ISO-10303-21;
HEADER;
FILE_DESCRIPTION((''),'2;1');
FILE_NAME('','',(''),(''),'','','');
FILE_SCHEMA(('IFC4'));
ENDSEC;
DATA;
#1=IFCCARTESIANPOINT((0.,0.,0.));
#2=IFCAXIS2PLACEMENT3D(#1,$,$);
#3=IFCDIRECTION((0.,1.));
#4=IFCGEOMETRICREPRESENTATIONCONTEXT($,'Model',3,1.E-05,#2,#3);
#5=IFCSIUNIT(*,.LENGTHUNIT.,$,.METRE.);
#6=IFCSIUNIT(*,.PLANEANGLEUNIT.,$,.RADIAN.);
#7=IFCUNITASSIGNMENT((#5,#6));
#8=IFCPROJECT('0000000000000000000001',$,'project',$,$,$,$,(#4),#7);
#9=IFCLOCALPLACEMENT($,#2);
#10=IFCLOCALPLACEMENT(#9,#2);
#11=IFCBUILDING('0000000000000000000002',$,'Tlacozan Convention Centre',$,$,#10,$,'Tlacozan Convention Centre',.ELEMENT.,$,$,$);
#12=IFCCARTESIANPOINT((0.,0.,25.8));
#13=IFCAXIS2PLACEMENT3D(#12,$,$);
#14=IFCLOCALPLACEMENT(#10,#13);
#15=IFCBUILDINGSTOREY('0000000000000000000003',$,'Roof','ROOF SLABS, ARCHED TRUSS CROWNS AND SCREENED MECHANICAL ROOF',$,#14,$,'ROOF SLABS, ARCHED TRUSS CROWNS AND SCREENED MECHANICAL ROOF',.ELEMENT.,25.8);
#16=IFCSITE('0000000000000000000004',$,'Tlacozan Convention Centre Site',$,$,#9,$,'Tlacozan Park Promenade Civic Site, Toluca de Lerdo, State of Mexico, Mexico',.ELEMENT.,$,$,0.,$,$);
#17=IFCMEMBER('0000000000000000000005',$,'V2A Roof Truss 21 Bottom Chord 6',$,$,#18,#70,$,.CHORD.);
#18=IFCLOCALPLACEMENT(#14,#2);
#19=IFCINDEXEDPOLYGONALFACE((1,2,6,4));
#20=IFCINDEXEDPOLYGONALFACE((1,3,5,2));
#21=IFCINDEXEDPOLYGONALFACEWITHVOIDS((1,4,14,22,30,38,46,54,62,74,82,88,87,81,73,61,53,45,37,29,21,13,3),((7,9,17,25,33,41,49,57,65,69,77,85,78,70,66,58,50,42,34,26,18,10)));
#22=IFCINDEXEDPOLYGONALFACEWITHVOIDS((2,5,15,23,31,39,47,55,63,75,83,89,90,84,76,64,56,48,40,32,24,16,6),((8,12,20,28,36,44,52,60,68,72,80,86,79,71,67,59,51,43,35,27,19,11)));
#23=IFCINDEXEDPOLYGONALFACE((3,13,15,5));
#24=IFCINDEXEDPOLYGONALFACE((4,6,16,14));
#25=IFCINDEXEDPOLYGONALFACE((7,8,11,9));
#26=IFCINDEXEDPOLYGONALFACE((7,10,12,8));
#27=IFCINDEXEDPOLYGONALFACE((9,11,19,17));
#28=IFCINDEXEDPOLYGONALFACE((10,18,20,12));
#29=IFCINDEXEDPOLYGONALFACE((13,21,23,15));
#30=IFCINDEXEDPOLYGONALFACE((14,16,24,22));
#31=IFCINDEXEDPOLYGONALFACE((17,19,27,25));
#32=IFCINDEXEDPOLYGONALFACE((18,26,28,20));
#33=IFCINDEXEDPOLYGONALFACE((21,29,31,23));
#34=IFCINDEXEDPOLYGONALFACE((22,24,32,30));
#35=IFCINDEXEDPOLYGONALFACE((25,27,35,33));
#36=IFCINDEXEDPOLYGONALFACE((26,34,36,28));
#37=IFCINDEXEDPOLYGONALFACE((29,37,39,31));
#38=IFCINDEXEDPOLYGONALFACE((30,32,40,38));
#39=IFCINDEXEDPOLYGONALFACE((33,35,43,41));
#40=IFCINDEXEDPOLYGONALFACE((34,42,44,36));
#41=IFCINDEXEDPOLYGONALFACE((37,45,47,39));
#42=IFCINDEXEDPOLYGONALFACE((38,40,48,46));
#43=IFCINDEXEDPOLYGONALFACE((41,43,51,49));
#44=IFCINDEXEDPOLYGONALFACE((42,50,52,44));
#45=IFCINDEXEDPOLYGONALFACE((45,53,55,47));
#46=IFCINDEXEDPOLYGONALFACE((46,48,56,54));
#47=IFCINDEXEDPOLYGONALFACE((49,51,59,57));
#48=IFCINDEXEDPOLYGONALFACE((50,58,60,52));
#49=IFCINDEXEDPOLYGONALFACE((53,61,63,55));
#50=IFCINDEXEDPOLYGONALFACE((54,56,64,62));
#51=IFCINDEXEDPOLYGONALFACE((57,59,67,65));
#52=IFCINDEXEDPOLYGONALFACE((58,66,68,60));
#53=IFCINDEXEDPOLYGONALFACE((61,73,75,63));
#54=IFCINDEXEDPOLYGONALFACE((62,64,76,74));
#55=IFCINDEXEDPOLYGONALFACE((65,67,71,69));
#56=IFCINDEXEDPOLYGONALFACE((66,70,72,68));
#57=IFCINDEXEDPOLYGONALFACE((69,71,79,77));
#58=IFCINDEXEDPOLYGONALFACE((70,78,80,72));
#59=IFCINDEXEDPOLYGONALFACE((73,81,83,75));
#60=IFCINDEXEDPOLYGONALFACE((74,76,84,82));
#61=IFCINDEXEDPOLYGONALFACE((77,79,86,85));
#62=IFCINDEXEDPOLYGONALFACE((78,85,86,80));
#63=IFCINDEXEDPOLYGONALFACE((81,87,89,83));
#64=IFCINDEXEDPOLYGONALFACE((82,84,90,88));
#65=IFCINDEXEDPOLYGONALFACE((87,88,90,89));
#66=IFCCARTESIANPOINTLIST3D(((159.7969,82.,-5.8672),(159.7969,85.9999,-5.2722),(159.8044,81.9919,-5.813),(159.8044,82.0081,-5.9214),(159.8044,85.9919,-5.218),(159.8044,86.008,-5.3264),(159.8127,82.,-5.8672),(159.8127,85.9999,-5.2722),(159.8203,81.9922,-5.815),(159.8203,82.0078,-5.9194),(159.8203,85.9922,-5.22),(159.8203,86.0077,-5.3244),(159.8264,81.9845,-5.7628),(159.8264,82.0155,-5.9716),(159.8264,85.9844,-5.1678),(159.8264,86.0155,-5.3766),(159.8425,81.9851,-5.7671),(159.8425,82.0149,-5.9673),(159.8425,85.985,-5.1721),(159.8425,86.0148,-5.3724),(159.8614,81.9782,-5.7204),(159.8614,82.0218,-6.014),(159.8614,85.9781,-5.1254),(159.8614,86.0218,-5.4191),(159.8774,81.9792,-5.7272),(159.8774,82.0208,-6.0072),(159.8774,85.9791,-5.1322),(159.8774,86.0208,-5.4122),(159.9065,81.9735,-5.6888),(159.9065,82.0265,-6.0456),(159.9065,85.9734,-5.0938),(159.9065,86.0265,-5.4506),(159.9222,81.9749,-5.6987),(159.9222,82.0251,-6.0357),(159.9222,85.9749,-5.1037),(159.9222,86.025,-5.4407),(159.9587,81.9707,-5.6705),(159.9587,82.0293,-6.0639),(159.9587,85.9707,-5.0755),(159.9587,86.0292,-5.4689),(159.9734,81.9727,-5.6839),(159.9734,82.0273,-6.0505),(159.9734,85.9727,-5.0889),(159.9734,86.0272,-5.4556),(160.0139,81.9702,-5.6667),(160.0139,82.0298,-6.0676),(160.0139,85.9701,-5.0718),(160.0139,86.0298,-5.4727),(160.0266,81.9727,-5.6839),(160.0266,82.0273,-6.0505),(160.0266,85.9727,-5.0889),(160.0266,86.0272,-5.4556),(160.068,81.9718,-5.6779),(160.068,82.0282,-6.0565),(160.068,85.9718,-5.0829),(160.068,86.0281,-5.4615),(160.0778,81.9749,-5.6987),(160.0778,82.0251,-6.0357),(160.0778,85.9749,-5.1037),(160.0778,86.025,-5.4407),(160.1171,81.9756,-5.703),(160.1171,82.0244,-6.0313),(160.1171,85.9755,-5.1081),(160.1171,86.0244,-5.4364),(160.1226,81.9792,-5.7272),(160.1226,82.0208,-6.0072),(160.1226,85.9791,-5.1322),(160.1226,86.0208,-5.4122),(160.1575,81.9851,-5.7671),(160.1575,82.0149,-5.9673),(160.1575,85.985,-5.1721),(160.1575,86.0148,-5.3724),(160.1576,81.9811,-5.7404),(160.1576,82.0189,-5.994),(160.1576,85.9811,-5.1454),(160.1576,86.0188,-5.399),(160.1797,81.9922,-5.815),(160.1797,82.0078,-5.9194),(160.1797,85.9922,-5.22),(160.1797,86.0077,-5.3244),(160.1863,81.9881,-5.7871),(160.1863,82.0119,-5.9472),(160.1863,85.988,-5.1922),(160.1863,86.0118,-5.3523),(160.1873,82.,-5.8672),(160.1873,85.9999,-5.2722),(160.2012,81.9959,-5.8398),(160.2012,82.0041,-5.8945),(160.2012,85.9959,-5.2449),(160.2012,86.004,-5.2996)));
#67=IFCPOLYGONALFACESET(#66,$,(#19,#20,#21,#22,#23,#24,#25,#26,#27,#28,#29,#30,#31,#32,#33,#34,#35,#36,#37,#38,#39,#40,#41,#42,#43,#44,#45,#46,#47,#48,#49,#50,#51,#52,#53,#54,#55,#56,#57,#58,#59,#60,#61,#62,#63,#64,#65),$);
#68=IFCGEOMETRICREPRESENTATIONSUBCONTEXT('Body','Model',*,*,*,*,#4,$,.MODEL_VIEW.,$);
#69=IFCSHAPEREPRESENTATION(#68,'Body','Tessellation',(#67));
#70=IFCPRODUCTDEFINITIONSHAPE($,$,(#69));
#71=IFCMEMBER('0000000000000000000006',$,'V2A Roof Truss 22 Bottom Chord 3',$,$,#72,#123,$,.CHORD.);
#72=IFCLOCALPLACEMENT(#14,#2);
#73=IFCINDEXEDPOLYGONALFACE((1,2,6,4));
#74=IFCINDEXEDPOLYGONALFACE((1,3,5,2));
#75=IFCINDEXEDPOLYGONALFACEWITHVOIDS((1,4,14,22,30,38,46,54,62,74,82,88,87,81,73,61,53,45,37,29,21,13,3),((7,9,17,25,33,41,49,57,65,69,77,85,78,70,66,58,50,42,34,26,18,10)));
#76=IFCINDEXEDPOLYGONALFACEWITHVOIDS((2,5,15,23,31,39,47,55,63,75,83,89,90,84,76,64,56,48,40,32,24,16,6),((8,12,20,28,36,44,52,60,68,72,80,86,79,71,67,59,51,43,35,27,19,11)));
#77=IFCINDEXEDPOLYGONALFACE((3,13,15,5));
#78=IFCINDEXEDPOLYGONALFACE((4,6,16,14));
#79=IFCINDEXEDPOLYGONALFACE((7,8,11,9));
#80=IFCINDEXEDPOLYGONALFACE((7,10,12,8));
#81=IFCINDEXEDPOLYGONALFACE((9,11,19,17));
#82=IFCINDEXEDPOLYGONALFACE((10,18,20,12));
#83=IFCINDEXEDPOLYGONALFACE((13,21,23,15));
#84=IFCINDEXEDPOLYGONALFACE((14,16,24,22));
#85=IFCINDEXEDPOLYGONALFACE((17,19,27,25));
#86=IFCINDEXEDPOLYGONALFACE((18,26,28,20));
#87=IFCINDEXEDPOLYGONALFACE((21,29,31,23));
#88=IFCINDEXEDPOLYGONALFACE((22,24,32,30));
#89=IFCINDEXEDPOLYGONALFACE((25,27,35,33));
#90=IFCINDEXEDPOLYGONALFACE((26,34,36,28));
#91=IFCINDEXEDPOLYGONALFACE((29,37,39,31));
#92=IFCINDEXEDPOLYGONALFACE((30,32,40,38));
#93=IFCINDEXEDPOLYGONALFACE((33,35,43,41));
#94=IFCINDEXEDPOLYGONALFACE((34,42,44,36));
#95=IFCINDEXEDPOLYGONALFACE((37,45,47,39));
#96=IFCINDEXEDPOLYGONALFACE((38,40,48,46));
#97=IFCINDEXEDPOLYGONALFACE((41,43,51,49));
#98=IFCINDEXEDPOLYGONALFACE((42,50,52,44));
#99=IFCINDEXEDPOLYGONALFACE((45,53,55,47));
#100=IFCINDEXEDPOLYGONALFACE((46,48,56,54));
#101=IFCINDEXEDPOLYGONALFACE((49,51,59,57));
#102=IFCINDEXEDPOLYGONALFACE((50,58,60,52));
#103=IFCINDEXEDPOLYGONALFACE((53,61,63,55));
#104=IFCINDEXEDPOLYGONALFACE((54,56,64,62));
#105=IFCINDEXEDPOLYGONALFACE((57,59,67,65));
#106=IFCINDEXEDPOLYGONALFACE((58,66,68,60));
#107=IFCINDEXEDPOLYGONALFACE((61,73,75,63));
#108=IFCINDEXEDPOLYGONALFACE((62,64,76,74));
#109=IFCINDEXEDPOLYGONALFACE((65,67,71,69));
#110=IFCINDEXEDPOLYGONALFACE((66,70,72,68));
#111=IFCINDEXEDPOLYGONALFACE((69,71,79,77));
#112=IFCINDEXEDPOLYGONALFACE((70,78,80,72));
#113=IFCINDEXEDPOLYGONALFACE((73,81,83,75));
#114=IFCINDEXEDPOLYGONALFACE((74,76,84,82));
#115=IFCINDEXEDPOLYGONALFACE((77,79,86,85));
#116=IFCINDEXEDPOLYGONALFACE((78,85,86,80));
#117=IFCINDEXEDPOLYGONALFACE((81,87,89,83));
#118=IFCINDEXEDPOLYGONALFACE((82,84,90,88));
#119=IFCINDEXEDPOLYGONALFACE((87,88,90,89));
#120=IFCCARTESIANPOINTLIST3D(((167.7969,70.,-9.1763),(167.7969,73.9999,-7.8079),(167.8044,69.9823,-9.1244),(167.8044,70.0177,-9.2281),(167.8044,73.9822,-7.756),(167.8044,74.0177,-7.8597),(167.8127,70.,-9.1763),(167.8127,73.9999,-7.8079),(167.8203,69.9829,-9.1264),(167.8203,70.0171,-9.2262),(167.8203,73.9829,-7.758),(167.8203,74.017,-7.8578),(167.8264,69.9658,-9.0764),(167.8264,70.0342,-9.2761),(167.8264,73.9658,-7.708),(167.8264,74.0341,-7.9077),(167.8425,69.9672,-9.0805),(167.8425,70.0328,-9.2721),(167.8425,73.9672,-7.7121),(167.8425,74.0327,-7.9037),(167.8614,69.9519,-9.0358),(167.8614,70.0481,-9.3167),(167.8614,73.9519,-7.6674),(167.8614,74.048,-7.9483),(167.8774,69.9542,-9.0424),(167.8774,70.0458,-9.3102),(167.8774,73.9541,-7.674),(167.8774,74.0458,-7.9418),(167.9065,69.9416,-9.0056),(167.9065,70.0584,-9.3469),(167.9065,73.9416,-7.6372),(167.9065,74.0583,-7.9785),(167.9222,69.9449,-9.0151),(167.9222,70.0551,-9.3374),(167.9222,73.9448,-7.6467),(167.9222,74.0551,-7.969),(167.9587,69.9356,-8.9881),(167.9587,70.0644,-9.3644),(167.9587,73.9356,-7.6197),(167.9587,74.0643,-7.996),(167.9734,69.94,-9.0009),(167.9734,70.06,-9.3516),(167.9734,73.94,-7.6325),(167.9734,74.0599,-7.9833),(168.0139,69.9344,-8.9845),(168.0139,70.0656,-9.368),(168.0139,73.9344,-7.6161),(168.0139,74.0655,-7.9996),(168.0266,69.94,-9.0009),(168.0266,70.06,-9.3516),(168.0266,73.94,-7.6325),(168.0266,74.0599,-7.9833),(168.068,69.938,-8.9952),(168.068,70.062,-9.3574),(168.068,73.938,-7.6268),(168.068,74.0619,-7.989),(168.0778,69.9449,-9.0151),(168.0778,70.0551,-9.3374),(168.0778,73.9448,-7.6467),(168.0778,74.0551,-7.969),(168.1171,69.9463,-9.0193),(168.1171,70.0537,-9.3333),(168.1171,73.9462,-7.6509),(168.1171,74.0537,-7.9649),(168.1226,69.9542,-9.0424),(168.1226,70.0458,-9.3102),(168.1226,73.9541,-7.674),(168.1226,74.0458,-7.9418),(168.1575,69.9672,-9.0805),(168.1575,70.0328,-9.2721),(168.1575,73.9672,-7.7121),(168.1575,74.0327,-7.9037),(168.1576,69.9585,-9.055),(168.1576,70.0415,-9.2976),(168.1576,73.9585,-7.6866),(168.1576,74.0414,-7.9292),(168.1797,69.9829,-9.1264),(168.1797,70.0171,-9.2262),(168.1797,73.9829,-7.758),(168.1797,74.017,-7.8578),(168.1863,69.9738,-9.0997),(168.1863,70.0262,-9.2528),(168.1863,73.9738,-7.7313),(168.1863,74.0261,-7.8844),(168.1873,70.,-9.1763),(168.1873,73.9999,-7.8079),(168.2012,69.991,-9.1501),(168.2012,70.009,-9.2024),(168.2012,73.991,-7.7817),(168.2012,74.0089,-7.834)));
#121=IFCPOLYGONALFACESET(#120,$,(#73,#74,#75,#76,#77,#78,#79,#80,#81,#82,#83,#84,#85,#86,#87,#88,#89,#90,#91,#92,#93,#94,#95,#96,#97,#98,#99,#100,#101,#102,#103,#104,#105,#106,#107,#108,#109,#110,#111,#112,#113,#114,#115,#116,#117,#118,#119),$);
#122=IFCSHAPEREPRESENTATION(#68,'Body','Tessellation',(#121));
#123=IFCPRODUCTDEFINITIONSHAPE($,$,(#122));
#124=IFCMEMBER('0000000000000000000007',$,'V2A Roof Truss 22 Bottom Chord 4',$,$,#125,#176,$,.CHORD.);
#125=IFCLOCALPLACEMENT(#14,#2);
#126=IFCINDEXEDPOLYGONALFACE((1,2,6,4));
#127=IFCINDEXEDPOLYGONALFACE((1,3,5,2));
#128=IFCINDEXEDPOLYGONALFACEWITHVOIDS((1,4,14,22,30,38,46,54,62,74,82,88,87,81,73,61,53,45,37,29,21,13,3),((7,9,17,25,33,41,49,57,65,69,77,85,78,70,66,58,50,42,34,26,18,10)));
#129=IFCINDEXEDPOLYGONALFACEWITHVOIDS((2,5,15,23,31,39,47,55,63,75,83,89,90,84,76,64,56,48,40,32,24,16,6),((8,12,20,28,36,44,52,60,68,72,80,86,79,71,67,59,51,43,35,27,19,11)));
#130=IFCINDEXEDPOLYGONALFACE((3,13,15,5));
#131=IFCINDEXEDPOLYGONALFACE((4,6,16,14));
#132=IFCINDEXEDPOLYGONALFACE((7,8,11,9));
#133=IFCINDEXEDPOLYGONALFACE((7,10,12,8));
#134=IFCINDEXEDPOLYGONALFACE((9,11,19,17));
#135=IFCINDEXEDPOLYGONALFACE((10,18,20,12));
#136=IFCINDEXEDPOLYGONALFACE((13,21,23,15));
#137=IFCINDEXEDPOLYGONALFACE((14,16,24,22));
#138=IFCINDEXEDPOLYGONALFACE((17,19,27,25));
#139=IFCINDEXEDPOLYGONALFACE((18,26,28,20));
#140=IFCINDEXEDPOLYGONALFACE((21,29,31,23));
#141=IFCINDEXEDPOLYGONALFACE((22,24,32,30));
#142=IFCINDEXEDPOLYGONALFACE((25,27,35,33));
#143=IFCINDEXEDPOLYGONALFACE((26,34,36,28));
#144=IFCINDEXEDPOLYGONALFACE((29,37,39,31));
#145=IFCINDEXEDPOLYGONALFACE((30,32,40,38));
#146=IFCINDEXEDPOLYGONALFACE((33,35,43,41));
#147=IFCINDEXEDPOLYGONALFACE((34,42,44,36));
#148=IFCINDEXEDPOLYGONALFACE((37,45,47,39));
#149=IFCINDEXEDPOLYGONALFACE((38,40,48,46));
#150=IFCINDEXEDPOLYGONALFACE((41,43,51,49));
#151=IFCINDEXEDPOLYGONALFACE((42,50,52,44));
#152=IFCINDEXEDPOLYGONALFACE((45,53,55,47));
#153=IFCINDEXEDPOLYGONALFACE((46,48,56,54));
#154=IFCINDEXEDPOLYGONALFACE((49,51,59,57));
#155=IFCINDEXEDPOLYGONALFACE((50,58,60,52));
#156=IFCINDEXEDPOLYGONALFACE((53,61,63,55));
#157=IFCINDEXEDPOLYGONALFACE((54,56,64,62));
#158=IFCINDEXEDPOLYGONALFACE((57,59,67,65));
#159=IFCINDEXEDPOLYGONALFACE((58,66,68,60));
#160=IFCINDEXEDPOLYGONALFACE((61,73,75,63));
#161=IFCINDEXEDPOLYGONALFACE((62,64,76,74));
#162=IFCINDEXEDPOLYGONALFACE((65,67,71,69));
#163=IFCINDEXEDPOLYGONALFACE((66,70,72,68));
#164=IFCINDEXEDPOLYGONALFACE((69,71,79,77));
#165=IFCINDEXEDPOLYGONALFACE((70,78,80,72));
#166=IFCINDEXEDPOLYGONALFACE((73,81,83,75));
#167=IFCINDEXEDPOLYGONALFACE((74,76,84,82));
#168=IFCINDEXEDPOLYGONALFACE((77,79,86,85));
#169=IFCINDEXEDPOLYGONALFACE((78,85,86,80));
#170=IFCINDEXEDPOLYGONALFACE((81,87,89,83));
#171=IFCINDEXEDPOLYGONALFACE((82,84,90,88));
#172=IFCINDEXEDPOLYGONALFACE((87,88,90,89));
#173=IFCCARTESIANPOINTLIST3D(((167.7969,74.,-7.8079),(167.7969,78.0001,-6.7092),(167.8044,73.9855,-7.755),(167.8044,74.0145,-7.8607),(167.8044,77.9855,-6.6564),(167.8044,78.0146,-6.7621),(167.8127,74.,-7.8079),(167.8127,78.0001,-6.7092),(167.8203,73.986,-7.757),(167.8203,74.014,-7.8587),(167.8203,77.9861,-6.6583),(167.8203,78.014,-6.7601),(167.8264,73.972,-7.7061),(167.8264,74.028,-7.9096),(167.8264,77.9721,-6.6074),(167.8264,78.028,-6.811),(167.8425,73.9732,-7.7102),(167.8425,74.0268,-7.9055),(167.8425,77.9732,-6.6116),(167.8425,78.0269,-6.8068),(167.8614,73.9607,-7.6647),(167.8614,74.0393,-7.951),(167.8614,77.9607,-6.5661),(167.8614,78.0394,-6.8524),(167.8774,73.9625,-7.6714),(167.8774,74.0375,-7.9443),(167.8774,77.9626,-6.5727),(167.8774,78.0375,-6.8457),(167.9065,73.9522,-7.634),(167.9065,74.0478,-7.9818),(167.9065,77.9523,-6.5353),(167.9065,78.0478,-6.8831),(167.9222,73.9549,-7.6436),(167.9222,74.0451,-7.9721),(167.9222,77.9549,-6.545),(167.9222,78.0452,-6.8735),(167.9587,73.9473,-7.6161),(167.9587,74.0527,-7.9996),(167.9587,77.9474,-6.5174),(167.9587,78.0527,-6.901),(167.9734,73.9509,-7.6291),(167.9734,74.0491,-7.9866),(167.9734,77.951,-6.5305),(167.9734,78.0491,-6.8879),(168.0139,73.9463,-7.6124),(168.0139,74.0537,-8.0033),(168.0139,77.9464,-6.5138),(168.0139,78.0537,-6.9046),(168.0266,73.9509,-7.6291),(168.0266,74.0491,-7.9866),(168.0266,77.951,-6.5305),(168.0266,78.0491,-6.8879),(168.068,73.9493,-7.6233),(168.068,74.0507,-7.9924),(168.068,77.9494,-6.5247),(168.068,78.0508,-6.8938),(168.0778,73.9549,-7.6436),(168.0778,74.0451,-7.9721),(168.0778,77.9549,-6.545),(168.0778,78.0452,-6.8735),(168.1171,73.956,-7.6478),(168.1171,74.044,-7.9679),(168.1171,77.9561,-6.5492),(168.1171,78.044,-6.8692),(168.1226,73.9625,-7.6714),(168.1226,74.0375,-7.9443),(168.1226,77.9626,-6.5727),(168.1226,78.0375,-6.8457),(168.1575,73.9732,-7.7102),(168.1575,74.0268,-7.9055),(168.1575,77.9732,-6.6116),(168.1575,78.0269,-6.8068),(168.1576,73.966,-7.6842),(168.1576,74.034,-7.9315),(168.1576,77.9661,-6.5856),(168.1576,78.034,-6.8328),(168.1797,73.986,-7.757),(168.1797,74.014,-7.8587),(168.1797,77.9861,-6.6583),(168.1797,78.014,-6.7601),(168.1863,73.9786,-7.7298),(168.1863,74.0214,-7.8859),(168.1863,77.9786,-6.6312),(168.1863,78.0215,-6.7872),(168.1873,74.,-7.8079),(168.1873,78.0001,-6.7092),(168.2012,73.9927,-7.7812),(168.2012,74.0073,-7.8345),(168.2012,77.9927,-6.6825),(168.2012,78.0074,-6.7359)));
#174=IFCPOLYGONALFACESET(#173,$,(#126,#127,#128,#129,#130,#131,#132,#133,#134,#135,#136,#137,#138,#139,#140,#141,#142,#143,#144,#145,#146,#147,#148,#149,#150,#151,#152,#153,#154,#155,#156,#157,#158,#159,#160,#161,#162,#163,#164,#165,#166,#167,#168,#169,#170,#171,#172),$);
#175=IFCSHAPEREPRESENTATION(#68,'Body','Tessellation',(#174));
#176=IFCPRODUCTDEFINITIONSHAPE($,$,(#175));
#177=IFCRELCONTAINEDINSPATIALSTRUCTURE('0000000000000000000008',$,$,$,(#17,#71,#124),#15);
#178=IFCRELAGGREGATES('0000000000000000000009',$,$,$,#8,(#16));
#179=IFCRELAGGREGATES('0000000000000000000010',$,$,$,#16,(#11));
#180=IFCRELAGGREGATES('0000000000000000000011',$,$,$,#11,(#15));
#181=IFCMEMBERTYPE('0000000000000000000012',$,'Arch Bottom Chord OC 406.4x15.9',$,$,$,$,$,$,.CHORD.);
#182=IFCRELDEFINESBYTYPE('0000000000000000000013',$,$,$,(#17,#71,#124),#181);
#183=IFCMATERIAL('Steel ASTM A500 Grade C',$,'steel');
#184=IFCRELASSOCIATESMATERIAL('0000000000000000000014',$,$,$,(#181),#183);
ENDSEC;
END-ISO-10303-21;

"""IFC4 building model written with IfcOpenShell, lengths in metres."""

from ifc_helpers import new_model, si_unit, direction, frame, origin, origin_2d, place, context, subcontext, project, spatial, hollow_circle, extrude, material, material_profile, profile_set, type_object, element, save


model = new_model("IFC4")

# Units and contexts
model_context = context("Model", 3, precision=1e-05, world=origin(), true_north=direction((0.0, 1.0)))
body_context = subcontext(model_context, "Body", "Model", "MODEL_VIEW")
ifc_project = project(units=[si_unit("LENGTHUNIT", "METRE"), si_unit("PLANEANGLEUNIT", "RADIAN")], contexts=[model_context])

# Site, building, storey
site_placement = place(None, origin())
site = spatial("IfcSite", under=ifc_project, at=site_placement, Name="Tlacozan Convention Centre Site", LongName="Tlacozan Park Promenade Civic Site, Toluca de Lerdo, State of Mexico, Mexico", CompositionType="ELEMENT", RefElevation=0.0)
building_placement = place(site_placement, origin())
building = spatial("IfcBuilding", under=site, at=building_placement, Name="Tlacozan Convention Centre", LongName="Tlacozan Convention Centre", CompositionType="ELEMENT")
storey_placement = place(building_placement, frame((0.0, 0.0, 25.8)))
storey = spatial("IfcBuildingStorey", under=building, at=storey_placement, Name="Roof", Description="ROOF SLABS, ARCHED TRUSS CROWNS AND SCREENED MECHANICAL ROOF", LongName="ROOF SLABS, ARCHED TRUSS CROWNS AND SCREENED MECHANICAL ROOF", CompositionType="ELEMENT", Elevation=25.8)

# Members
ifc_material_1 = material(Name="Steel ASTM A500 Grade C", Category="steel")
ifc_material_profile_1 = material_profile(ifc_material_1, hollow_circle(Radius=0.2031, WallThickness=0.0159, at=origin_2d()), Name="OC 406.4x15.9")
ifc_profile_set_1 = profile_set([ifc_material_profile_1], Name="Steel ASTM A500 Grade C")
member_type_1 = type_object("IfcMemberType", Name="Arch Bottom Chord OC 406.4x15.9", PredefinedType="CHORD", material=ifc_profile_set_1)
member_1_placement = place(storey_placement, frame((160.0, 82.0, -5.8672), z_axis=(0.0, 0.989118, 0.147124), x_axis=(-1.0, 0.0, 0.0)))
element("IfcMember", 1, at=member_1_placement, inside=storey, type_object=member_type_1, Name="V2A Roof Truss 21 Bottom Chord 6", PredefinedType="CHORD", context=body_context, shape_type="SweptSolid", body=[
    extrude(hollow_circle(Radius=0.2031, WallThickness=0.0159, at=origin_2d()), origin(), (0.0, 0.0, 1.0), 4.0439),
])
member_2_placement = place(storey_placement, frame((168.0, 70.0, -9.1763), z_axis=(0.0, 0.946165, 0.323685), x_axis=(-1.0, 0.0, 0.0)))
element("IfcMember", 2, at=member_2_placement, inside=storey, type_object=member_type_1, Name="V2A Roof Truss 22 Bottom Chord 3", PredefinedType="CHORD", context=body_context, shape_type="SweptSolid", body=[
    extrude(hollow_circle(Radius=0.2031, WallThickness=0.0159, at=origin_2d()), origin(), (0.0, 0.0, 1.0), 4.2275),
])
member_3_placement = place(storey_placement, frame((168.0, 74.0, -7.8079), z_axis=(0.0, 0.96429, 0.26485), x_axis=(-1.0, 0.0, 0.0)))
element("IfcMember", 3, at=member_3_placement, inside=storey, type_object=member_type_1, Name="V2A Roof Truss 22 Bottom Chord 4", PredefinedType="CHORD", context=body_context, shape_type="SweptSolid", body=[
    extrude(hollow_circle(Radius=0.2031, WallThickness=0.0159, at=origin_2d()), origin(), (0.0, 0.0, 1.0), 4.1482),
])

save(model, "model.ifc")
